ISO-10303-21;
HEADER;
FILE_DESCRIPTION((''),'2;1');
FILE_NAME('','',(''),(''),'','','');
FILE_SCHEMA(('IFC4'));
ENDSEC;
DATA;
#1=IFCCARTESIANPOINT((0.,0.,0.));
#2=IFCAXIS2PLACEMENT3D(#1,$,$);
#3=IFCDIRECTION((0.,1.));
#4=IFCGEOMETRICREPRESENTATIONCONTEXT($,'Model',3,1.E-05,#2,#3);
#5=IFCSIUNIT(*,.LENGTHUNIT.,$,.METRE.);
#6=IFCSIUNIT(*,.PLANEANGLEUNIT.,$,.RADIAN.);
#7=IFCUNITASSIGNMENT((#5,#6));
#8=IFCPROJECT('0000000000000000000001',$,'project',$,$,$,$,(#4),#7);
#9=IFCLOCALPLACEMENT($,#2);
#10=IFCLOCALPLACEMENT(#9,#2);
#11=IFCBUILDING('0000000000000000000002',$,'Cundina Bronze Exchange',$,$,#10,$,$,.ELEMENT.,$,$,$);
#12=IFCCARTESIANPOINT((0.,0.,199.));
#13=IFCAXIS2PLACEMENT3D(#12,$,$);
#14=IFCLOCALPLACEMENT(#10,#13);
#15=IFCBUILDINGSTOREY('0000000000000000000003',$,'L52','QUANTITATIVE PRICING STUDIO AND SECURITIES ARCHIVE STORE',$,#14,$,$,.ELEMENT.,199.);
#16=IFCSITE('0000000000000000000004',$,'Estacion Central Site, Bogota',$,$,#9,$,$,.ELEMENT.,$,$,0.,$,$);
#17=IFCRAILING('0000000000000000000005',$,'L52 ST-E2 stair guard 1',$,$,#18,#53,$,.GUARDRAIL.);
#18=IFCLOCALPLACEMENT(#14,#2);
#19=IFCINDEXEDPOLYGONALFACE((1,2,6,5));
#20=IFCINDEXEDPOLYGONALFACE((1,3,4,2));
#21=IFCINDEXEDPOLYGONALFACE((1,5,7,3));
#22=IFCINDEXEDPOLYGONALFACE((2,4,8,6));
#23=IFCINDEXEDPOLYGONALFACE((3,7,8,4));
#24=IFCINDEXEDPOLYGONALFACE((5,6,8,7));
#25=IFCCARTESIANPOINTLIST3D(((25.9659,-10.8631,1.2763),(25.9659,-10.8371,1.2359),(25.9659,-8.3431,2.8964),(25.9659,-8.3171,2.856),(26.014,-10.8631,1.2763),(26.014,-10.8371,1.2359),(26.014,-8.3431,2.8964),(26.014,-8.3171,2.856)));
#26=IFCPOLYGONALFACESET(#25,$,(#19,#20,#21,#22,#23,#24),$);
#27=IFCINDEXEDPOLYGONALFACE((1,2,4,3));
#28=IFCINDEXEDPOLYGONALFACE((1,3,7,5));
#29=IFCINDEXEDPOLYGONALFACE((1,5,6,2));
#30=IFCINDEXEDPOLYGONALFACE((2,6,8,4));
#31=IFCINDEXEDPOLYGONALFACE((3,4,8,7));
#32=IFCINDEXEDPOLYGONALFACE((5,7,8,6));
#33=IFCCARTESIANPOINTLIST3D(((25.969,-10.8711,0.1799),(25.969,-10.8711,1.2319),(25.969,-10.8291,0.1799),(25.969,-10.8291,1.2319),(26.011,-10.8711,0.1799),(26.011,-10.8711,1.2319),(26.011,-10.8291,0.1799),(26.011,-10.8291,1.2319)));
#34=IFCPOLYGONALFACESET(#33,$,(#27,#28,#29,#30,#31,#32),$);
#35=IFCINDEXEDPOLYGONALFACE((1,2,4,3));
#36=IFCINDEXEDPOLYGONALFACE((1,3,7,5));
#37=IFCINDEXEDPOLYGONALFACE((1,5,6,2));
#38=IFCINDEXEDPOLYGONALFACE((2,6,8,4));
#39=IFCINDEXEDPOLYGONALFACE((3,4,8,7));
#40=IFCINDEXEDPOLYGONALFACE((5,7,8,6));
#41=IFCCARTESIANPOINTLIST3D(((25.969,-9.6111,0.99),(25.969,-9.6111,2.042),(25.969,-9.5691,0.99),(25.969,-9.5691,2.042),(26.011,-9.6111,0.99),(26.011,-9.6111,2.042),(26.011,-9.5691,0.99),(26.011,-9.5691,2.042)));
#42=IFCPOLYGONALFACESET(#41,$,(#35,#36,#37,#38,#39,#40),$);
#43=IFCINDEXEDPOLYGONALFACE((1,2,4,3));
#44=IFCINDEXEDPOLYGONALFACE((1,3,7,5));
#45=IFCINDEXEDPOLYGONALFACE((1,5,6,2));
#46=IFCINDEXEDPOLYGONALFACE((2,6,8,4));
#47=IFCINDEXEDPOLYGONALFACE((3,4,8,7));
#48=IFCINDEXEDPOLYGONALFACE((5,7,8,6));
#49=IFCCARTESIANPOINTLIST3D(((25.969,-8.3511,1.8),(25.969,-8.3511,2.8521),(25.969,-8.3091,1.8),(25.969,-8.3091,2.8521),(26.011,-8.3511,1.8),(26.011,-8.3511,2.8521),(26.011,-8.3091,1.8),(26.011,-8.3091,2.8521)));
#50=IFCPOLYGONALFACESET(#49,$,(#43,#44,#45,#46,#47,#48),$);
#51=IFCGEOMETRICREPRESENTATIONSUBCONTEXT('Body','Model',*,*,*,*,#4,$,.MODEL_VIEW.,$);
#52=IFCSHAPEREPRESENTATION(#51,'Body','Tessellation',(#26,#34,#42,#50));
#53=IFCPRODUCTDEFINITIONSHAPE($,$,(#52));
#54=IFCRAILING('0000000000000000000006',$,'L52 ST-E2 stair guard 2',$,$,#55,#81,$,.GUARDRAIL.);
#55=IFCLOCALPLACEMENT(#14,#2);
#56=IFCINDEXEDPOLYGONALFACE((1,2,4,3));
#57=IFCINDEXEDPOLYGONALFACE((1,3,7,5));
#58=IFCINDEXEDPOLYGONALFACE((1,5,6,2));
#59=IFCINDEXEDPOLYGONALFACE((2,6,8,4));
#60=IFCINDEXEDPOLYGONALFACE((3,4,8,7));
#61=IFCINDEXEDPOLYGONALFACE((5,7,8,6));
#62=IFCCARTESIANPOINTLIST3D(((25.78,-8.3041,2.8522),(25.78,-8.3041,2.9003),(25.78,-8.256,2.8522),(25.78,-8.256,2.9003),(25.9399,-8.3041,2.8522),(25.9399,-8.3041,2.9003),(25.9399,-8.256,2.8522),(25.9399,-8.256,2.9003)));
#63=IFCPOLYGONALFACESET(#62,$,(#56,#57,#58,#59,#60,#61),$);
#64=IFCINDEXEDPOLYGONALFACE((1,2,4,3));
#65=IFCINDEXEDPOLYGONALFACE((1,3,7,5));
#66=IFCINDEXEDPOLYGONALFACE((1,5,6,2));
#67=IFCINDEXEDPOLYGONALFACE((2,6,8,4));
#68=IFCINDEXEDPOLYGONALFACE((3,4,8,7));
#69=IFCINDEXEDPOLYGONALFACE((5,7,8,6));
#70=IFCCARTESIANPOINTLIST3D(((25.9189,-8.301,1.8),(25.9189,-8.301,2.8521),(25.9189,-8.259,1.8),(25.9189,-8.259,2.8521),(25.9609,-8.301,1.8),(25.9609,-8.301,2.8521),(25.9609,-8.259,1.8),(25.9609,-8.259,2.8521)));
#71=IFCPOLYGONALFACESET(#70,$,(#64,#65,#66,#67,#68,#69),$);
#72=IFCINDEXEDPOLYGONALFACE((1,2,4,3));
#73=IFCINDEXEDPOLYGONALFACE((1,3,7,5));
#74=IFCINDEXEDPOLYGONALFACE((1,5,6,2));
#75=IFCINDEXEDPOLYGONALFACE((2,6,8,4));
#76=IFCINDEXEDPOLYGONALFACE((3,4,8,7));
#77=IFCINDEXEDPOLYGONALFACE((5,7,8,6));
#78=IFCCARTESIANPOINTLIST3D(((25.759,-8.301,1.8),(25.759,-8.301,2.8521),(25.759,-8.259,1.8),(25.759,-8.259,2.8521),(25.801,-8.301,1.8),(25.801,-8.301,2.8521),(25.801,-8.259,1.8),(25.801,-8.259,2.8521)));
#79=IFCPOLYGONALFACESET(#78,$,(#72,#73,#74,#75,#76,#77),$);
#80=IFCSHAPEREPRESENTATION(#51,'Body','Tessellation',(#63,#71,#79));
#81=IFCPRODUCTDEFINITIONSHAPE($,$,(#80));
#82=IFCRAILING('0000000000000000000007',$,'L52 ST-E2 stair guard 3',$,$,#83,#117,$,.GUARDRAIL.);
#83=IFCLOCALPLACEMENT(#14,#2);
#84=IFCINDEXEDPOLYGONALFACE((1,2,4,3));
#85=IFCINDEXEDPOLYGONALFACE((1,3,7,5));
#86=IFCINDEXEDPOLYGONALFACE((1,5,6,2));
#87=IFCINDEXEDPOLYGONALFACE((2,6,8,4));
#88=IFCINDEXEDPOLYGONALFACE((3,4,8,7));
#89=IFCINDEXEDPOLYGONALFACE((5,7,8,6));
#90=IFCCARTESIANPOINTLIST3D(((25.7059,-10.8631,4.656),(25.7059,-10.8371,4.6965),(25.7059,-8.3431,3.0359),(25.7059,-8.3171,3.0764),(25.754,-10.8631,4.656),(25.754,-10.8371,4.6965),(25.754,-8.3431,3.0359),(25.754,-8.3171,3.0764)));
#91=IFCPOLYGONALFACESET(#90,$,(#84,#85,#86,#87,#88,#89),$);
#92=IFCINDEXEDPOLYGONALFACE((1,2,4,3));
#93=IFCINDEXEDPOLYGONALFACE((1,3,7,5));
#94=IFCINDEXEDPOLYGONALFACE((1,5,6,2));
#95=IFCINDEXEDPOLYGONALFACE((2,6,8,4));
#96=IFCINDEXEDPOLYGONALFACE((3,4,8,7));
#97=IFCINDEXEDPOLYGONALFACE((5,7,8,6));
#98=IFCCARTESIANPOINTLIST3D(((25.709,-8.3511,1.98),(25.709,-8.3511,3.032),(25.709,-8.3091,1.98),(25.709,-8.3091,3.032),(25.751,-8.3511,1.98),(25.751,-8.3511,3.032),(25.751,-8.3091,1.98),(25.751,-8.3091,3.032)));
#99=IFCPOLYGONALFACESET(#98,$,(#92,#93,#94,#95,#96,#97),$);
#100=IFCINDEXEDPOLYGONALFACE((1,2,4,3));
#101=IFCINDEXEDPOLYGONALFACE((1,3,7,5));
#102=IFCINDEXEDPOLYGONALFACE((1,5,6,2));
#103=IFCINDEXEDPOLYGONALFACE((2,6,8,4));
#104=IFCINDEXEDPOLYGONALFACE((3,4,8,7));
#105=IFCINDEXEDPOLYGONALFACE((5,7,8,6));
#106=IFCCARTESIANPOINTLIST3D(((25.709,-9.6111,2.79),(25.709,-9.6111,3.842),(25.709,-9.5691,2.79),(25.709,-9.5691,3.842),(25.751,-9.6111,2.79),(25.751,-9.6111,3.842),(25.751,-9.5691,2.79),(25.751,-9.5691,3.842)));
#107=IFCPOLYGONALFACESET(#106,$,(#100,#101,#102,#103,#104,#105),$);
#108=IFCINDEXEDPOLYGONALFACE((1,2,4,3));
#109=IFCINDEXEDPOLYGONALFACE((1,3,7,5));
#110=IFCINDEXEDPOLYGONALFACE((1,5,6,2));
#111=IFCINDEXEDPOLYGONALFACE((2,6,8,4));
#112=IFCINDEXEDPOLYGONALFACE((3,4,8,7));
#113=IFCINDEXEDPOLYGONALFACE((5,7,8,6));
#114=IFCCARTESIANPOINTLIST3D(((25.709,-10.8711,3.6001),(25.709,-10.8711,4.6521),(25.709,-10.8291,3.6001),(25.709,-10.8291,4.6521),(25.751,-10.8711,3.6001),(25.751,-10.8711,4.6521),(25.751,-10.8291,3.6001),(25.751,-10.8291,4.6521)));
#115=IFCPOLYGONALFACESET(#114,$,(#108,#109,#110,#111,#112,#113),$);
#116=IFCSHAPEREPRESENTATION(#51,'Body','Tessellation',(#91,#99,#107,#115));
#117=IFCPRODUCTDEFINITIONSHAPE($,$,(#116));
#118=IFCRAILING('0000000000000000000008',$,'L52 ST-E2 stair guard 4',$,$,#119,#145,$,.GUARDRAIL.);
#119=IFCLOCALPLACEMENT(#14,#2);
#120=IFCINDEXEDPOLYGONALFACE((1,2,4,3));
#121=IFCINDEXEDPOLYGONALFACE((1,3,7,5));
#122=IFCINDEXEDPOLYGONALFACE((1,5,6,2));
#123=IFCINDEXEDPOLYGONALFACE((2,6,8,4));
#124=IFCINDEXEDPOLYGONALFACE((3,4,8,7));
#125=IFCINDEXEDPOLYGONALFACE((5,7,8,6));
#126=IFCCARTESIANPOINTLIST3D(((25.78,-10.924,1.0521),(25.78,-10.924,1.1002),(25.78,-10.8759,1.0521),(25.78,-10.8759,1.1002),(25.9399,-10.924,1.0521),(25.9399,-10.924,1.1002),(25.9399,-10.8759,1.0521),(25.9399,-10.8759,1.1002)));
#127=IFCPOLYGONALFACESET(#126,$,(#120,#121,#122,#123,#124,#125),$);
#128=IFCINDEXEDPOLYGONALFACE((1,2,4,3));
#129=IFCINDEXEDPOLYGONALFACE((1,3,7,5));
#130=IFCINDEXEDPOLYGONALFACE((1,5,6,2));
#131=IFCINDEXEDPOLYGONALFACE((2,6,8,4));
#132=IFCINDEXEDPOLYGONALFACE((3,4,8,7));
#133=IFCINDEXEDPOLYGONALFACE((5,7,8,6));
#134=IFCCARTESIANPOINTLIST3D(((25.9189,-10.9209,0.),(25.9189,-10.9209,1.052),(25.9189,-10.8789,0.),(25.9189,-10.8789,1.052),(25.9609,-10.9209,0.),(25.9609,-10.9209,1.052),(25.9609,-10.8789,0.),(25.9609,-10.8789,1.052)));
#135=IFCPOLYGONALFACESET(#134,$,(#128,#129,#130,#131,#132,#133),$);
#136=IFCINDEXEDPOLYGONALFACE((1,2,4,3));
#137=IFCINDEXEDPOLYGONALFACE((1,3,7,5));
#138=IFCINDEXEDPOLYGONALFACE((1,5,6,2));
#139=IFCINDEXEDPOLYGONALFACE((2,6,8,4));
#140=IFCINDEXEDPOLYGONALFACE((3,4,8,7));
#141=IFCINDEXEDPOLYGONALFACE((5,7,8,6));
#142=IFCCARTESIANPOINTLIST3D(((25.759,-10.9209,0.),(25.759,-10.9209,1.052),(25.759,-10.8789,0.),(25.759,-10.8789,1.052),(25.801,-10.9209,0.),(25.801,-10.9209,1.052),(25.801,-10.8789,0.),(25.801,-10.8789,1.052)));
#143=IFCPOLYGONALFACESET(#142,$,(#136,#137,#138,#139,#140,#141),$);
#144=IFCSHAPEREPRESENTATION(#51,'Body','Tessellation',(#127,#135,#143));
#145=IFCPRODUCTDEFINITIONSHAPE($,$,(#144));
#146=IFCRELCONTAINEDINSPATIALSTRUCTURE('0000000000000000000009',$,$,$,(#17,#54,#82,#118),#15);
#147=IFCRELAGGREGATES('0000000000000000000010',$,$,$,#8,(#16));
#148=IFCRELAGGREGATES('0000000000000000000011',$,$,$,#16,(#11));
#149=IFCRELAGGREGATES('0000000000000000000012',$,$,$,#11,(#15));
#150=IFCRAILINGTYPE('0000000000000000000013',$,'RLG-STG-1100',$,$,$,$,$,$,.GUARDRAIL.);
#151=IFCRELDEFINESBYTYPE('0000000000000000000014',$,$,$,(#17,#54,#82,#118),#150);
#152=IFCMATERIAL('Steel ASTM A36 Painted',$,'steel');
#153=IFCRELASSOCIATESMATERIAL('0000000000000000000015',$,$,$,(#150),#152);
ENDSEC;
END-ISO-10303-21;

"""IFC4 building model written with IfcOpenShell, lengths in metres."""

from ifc_helpers import new_model, si_unit, direction, frame, origin, origin_2d, place, context, subcontext, project, spatial, rectangle, extrude, material, type_object, element, save


model = new_model("IFC4")

# Units and contexts
model_context = context("Model", 3, precision=1e-05, world=origin(), true_north=direction((0.0, 1.0)))
body_context = subcontext(model_context, "Body", "Model", "MODEL_VIEW")
ifc_project = project(units=[si_unit("LENGTHUNIT", "METRE"), si_unit("PLANEANGLEUNIT", "RADIAN")], contexts=[model_context])

# Site, building, storey
site_placement = place(None, origin())
site = spatial("IfcSite", under=ifc_project, at=site_placement, Name="Estacion Central Site, Bogota", CompositionType="ELEMENT", RefElevation=0.0)
building_placement = place(site_placement, origin())
building = spatial("IfcBuilding", under=site, at=building_placement, Name="Cundina Bronze Exchange", CompositionType="ELEMENT")
storey_placement = place(building_placement, frame((0.0, 0.0, 199.0)))
storey = spatial("IfcBuildingStorey", under=building, at=storey_placement, Name="L52", Description="QUANTITATIVE PRICING STUDIO AND SECURITIES ARCHIVE STORE", CompositionType="ELEMENT", Elevation=199.0)

# Shared definitions
ifc_material_1 = material(Name="Steel ASTM A36 Painted", Category="steel")

# Railings
railing_type_1 = type_object("IfcRailingType", Name="RLG-STG-1100", PredefinedType="GUARDRAIL", material=ifc_material_1)
railing_1_placement = place(storey_placement, frame((25.99, -10.8501, 0.1799)))
element("IfcRailing", 1, at=railing_1_placement, inside=storey, type_object=railing_type_1, Name="L52 ST-E2 stair guard 1", PredefinedType="GUARDRAIL", context=body_context, shape_type="SweptSolid", body=[
    extrude(rectangle(XDim=0.0481, YDim=0.0481, at=origin_2d()), frame((0.0, 0.0, 1.0762), z_axis=(0.0, 0.841163, 0.540782), x_axis=(-1.0, 0.0, 0.0)), (0.0, 0.0, 1.0), 2.9958),
    extrude(rectangle(XDim=0.042, YDim=0.042, at=origin_2d()), origin(), (0.0, 0.0, 1.0), 1.052),
    extrude(rectangle(XDim=0.042, YDim=0.042, at=origin_2d()), frame((0.0, 1.26, 0.8101)), (0.0, 0.0, 1.0), 1.052),
    extrude(rectangle(XDim=0.042, YDim=0.042, at=origin_2d()), frame((0.0, 2.52, 1.6201)), (0.0, 0.0, 1.0), 1.052),
])
railing_2_placement = place(storey_placement, frame((25.9399, -8.28, 1.8)))
element("IfcRailing", 2, at=railing_2_placement, inside=storey, type_object=railing_type_1, Name="L52 ST-E2 stair guard 2", PredefinedType="GUARDRAIL", context=body_context, shape_type="SweptSolid", body=[
    extrude(rectangle(XDim=0.0481, YDim=0.0481, at=origin_2d()), frame((0.0, 0.0, 1.0762), z_axis=(-1.0, 0.0, 0.0), x_axis=(0.0, -1.0, 0.0)), (0.0, 0.0, 1.0), 0.1599),
    extrude(rectangle(XDim=0.042, YDim=0.042, at=origin_2d()), origin(), (0.0, 0.0, 1.0), 1.052),
    extrude(rectangle(XDim=0.042, YDim=0.042, at=origin_2d()), frame((-0.1599, 0.0, 0.0)), (0.0, 0.0, 1.0), 1.052),
])
railing_3_placement = place(storey_placement, frame((25.73, -8.3301, 1.98)))
element("IfcRailing", 3, at=railing_3_placement, inside=storey, type_object=railing_type_1, Name="L52 ST-E2 stair guard 3", PredefinedType="GUARDRAIL", context=body_context, shape_type="SweptSolid", body=[
    extrude(rectangle(XDim=0.0481, YDim=0.0481, at=origin_2d()), frame((0.0, 0.0, 1.0762), z_axis=(0.0, -0.841163, 0.540782), x_axis=(1.0, 0.0, 0.0)), (0.0, 0.0, 1.0), 2.9958),
    extrude(rectangle(XDim=0.042, YDim=0.042, at=origin_2d()), origin(), (0.0, 0.0, 1.0), 1.052),
    extrude(rectangle(XDim=0.042, YDim=0.042, at=origin_2d()), frame((0.0, -1.26, 0.8101)), (0.0, 0.0, 1.0), 1.052),
    extrude(rectangle(XDim=0.042, YDim=0.042, at=origin_2d()), frame((0.0, -2.52, 1.6201)), (0.0, 0.0, 1.0), 1.052),
])
railing_4_placement = place(storey_placement, frame((25.9399, -10.8999, 0.0)))
element("IfcRailing", 4, at=railing_4_placement, inside=storey, type_object=railing_type_1, Name="L52 ST-E2 stair guard 4", PredefinedType="GUARDRAIL", context=body_context, shape_type="SweptSolid", body=[
    extrude(rectangle(XDim=0.0481, YDim=0.0481, at=origin_2d()), frame((0.0, 0.0, 1.0762), z_axis=(-1.0, 0.0, 0.0), x_axis=(0.0, -1.0, 0.0)), (0.0, 0.0, 1.0), 0.1599),
    extrude(rectangle(XDim=0.042, YDim=0.042, at=origin_2d()), origin(), (0.0, 0.0, 1.0), 1.052),
    extrude(rectangle(XDim=0.042, YDim=0.042, at=origin_2d()), frame((-0.1599, 0.0, 0.0)), (0.0, 0.0, 1.0), 1.052),
])

save(model, "model.ifc")
